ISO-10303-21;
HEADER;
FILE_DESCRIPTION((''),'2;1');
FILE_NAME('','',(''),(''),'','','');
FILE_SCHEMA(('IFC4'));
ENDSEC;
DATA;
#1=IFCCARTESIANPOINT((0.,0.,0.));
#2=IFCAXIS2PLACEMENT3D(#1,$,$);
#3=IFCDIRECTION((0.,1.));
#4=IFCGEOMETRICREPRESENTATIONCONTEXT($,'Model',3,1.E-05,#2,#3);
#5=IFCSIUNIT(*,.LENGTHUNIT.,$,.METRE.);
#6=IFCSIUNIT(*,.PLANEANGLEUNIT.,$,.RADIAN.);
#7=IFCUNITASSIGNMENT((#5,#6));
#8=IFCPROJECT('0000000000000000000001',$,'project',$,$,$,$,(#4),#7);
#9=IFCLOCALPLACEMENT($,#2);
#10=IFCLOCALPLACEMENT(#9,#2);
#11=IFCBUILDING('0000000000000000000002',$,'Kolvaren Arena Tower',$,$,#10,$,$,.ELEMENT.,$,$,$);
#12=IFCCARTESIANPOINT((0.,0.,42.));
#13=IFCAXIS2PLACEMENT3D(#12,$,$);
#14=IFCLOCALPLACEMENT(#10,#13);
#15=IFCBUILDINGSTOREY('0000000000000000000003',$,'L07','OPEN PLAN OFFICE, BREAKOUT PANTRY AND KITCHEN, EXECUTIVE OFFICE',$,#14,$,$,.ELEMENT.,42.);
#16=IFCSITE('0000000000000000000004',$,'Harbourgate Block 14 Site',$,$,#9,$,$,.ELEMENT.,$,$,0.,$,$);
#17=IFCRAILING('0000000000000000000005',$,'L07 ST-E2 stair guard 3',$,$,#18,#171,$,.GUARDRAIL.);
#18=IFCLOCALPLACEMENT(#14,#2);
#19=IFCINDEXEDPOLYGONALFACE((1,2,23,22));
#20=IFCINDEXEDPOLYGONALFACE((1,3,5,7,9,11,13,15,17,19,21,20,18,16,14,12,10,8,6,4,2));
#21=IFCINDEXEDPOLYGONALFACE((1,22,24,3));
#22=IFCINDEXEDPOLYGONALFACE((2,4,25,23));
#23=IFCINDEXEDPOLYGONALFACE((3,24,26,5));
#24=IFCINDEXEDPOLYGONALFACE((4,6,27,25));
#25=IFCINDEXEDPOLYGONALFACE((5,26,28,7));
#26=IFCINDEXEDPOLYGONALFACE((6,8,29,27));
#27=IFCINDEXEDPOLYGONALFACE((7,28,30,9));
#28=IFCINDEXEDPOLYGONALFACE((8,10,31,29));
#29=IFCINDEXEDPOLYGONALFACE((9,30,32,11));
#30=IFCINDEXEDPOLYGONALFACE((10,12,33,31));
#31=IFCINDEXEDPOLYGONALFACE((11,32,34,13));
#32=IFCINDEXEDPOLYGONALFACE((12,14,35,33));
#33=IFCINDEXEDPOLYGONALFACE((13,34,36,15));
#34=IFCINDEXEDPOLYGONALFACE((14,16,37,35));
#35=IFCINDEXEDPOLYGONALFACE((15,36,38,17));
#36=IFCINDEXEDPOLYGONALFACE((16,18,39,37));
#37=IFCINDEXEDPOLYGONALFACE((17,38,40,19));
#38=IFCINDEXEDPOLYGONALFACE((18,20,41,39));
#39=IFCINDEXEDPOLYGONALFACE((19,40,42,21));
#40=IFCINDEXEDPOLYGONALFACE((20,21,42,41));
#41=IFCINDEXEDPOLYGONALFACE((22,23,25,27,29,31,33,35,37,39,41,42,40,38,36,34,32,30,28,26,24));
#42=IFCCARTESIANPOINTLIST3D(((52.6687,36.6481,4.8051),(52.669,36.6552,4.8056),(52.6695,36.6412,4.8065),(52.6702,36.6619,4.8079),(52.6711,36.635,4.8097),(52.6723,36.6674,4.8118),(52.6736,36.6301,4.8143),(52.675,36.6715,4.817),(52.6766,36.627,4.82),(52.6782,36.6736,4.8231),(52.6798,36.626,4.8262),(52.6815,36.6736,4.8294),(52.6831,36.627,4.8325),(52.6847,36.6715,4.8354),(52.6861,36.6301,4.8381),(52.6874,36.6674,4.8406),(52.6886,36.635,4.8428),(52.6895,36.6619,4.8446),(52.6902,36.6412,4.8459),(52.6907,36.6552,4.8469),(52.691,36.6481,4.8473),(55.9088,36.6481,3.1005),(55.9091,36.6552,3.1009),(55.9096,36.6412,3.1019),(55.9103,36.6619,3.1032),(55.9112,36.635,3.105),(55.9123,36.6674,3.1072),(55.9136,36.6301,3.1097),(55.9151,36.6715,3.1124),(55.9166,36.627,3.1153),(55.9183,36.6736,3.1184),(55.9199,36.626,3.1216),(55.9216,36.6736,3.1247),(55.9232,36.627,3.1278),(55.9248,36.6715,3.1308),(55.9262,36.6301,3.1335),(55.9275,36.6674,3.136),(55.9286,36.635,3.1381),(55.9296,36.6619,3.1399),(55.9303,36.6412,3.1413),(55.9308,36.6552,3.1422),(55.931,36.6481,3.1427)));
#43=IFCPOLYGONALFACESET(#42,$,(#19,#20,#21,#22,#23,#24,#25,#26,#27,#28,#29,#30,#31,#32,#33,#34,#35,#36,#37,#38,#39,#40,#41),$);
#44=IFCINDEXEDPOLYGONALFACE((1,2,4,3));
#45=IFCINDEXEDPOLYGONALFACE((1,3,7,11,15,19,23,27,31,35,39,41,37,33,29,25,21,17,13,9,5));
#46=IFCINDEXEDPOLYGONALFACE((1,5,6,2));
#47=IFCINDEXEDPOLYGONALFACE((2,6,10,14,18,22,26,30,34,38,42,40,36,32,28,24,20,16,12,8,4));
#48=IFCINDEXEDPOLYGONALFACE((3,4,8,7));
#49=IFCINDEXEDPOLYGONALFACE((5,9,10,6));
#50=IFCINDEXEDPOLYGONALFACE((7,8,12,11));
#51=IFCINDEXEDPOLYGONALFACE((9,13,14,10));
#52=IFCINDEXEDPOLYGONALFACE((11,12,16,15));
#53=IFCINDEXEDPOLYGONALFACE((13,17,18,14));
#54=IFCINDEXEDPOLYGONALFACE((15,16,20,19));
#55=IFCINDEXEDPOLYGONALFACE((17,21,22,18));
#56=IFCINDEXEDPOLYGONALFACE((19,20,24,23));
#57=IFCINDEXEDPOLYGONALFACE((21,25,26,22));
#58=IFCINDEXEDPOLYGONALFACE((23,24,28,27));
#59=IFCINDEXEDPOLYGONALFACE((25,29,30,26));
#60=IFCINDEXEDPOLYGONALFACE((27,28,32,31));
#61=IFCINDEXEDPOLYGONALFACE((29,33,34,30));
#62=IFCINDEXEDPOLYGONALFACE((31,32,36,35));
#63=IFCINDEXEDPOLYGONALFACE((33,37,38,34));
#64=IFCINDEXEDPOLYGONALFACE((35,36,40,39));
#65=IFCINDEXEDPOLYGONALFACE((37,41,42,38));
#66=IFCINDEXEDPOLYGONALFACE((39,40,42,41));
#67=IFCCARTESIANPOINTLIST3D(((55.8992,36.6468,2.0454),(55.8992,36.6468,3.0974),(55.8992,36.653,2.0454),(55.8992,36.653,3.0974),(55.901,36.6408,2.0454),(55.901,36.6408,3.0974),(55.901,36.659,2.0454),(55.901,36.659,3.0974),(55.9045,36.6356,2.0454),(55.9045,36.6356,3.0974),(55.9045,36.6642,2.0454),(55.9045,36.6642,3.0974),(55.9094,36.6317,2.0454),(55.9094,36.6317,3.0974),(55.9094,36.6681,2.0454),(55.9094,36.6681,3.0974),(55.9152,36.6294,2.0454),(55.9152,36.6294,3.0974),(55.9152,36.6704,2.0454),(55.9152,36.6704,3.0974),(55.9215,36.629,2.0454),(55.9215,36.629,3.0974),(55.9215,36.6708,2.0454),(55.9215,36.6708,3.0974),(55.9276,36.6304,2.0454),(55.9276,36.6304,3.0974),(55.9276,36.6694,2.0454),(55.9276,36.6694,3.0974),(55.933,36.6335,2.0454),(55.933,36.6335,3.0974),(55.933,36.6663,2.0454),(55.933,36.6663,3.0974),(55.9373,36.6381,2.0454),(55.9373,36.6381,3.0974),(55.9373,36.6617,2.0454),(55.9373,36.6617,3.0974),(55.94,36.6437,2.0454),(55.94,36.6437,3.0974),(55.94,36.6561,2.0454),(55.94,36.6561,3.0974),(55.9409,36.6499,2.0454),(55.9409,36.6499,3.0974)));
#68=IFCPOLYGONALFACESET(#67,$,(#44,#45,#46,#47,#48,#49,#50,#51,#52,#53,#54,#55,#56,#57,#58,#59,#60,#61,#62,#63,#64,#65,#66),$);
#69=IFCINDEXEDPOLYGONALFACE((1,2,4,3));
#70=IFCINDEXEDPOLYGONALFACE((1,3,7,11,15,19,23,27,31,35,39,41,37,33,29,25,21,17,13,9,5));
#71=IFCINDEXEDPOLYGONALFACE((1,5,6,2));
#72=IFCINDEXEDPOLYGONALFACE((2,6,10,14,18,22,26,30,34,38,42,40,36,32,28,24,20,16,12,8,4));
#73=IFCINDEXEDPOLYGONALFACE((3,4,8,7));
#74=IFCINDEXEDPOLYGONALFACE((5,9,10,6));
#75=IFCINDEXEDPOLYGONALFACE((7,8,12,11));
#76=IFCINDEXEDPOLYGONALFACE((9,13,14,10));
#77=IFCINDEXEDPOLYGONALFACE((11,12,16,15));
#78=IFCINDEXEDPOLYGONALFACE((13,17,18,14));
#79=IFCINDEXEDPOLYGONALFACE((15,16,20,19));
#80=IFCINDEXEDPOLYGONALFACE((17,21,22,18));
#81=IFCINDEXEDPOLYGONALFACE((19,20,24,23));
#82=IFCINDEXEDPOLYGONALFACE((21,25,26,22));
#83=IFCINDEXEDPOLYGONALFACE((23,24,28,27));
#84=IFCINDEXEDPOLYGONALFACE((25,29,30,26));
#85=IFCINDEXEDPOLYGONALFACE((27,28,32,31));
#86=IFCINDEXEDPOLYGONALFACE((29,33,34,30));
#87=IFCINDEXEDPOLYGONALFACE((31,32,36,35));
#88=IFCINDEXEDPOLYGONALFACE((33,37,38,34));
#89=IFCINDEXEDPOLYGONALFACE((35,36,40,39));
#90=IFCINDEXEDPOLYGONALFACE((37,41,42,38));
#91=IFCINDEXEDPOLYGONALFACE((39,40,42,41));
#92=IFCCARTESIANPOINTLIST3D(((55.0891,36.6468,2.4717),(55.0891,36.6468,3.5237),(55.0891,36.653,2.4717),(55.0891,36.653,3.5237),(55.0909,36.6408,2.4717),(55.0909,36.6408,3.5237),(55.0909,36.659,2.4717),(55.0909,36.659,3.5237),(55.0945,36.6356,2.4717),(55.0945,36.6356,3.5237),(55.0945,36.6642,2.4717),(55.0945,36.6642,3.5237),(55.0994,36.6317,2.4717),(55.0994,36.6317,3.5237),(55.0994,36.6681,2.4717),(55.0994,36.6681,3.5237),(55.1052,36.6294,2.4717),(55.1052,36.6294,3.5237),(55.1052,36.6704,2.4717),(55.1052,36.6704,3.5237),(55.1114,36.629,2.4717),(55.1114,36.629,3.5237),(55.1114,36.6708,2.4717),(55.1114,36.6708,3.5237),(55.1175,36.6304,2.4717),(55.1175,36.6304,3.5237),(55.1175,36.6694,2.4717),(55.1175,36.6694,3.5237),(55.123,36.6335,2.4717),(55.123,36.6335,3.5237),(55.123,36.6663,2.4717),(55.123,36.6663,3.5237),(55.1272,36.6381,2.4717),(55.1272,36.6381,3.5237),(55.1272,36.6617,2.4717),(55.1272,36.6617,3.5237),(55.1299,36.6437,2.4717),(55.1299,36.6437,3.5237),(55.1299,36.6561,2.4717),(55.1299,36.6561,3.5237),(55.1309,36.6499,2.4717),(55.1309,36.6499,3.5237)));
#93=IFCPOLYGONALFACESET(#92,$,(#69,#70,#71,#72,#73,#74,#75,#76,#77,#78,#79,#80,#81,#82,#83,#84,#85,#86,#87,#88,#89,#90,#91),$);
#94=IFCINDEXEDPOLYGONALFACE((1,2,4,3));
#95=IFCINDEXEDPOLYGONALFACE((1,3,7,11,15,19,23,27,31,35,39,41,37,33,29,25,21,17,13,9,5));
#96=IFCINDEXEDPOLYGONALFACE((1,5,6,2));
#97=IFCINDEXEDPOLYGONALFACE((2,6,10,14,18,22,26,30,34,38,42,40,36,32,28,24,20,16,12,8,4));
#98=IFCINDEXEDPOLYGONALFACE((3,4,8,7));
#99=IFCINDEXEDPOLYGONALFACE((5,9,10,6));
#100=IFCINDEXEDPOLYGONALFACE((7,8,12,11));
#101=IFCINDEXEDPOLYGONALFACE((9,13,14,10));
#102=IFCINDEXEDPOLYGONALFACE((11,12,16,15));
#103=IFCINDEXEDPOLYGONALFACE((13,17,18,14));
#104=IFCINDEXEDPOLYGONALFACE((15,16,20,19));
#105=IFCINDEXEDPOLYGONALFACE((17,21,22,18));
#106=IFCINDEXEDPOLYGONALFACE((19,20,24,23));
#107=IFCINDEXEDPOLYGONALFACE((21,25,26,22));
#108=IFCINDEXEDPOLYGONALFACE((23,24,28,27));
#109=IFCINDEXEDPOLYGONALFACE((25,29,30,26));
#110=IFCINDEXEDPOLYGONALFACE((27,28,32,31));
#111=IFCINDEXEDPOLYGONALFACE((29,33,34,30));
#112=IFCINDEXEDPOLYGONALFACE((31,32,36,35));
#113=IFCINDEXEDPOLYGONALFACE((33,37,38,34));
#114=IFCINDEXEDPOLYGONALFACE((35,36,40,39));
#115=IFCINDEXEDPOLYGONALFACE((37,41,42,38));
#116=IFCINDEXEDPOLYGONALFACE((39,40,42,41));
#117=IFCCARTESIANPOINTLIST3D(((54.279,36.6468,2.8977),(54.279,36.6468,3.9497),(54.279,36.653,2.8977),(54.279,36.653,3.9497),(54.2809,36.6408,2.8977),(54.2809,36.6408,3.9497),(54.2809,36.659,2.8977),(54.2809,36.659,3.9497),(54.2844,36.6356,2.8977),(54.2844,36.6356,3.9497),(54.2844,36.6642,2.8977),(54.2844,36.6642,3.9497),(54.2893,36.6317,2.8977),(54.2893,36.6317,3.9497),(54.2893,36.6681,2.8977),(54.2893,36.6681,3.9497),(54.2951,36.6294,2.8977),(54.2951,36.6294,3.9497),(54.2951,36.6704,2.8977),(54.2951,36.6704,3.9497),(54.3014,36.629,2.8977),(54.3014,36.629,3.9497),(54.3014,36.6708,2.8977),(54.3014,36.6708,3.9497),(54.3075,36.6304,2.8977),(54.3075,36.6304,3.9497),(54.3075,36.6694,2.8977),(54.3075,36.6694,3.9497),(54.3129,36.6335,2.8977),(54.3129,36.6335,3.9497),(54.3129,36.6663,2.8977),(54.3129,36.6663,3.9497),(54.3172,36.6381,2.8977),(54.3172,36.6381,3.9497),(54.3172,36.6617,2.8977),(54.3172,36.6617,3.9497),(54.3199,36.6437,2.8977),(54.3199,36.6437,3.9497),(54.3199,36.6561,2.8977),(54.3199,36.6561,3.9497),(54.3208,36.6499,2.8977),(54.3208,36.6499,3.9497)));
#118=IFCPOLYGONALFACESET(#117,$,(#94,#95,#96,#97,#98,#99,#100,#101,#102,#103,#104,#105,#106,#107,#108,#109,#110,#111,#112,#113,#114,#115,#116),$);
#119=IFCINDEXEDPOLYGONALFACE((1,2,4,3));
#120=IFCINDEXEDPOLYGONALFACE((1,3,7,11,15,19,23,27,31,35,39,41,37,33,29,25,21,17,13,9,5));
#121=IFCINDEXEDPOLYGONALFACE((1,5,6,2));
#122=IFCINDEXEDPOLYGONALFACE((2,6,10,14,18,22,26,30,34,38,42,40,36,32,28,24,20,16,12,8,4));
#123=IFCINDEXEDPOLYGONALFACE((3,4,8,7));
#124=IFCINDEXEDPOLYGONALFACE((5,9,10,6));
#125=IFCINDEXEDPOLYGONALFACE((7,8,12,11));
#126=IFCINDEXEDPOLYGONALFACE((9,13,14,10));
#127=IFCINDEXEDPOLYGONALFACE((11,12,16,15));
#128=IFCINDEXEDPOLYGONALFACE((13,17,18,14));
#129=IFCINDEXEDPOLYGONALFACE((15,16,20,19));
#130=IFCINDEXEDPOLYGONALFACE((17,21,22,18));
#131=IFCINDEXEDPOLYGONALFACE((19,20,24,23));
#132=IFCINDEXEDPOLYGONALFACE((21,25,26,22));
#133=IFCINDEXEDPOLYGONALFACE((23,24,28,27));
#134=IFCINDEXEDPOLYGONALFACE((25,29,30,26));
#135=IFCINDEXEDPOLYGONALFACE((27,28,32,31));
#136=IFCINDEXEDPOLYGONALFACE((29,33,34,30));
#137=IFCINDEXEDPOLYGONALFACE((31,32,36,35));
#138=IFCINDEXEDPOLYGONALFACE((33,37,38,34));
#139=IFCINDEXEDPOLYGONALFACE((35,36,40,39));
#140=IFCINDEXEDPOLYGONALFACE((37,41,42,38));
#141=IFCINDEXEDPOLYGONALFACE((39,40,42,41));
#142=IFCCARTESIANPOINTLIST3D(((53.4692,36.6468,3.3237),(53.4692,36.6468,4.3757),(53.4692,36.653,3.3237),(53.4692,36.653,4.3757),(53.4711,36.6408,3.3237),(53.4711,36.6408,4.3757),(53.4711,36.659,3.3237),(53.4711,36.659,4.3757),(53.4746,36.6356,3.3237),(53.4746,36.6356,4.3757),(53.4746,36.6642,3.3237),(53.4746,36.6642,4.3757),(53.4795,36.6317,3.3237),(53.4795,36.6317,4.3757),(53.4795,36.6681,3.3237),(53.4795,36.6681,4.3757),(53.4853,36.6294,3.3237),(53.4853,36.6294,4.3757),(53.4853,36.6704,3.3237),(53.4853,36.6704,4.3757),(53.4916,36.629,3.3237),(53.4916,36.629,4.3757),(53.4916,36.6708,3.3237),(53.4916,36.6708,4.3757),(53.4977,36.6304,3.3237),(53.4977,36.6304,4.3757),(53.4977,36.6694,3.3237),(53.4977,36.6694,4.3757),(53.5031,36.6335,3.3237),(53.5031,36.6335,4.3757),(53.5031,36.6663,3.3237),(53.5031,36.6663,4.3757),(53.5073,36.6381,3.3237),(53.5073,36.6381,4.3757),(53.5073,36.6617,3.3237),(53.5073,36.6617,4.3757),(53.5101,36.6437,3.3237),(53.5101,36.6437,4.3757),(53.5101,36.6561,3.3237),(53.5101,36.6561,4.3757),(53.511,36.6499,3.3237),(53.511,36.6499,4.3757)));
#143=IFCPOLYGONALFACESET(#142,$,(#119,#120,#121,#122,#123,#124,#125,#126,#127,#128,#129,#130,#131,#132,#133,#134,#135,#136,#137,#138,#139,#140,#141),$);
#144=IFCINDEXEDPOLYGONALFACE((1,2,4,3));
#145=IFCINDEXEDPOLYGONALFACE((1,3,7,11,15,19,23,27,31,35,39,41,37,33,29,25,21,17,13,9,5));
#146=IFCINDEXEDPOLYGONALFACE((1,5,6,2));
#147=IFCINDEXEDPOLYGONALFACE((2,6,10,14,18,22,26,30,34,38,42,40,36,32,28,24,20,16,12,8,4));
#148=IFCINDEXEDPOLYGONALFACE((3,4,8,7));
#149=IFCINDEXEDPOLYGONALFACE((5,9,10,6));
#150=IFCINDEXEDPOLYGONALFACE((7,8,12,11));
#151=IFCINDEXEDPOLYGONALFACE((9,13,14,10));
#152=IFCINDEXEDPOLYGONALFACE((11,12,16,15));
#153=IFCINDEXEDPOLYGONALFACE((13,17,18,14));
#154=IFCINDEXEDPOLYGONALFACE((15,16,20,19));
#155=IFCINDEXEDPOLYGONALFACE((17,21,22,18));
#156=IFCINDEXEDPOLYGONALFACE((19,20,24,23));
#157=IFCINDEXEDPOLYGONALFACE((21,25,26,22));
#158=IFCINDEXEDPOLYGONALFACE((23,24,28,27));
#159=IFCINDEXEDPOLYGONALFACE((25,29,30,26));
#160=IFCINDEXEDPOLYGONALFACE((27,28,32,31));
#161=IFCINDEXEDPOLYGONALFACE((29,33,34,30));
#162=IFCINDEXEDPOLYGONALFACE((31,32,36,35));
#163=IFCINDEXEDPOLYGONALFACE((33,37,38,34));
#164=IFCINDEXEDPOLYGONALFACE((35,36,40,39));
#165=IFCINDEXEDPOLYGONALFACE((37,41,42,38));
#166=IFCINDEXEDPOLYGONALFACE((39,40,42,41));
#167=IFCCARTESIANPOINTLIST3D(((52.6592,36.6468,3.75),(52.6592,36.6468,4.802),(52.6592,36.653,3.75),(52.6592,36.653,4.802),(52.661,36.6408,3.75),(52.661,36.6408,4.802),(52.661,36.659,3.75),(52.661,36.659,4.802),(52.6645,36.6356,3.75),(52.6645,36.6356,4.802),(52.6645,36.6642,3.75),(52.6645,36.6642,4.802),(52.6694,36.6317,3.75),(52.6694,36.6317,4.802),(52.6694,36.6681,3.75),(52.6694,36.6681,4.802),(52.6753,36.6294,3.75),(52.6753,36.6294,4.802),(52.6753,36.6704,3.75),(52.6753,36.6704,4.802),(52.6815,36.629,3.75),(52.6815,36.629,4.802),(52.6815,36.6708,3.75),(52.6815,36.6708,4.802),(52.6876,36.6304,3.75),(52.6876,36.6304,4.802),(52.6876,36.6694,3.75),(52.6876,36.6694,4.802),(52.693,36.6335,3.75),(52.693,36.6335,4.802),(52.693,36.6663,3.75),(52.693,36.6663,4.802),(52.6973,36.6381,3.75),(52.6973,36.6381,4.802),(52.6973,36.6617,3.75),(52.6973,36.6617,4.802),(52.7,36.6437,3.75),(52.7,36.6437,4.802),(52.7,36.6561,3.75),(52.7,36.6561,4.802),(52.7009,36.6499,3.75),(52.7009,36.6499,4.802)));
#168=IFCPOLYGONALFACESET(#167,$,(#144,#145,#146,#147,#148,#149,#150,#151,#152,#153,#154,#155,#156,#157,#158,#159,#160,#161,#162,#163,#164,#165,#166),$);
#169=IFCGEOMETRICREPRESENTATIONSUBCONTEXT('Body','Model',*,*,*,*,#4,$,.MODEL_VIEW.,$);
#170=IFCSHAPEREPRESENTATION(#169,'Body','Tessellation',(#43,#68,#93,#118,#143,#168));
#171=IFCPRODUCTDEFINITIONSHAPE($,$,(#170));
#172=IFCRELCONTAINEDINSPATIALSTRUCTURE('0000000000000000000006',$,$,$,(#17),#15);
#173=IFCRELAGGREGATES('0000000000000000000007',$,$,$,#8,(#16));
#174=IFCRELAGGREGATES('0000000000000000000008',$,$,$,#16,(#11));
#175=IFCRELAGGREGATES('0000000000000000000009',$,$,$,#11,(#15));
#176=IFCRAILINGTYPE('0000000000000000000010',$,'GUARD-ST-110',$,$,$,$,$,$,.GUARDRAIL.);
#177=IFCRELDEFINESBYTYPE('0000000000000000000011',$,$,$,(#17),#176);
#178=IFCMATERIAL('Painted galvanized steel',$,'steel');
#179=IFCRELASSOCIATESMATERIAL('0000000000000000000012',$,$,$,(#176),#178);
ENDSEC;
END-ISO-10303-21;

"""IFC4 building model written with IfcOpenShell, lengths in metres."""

from ifc_helpers import new_model, si_unit, direction, frame, origin, origin_2d, place, context, subcontext, project, spatial, circle, extrude, material, type_object, element, save


model = new_model("IFC4")

# Units and contexts
model_context = context("Model", 3, precision=1e-05, world=origin(), true_north=direction((0.0, 1.0)))
body_context = subcontext(model_context, "Body", "Model", "MODEL_VIEW")
ifc_project = project(units=[si_unit("LENGTHUNIT", "METRE"), si_unit("PLANEANGLEUNIT", "RADIAN")], contexts=[model_context])

# Site, building, storey
site_placement = place(None, origin())
site = spatial("IfcSite", under=ifc_project, at=site_placement, Name="Harbourgate Block 14 Site", CompositionType="ELEMENT", RefElevation=0.0)
building_placement = place(site_placement, origin())
building = spatial("IfcBuilding", under=site, at=building_placement, Name="Kolvaren Arena Tower", CompositionType="ELEMENT")
storey_placement = place(building_placement, frame((0.0, 0.0, 42.0)))
storey = spatial("IfcBuildingStorey", under=building, at=storey_placement, Name="L07", Description="OPEN PLAN OFFICE, BREAKOUT PANTRY AND KITCHEN, EXECUTIVE OFFICE", CompositionType="ELEMENT", Elevation=42.0)

# Railing
ifc_material_1 = material(Name="Painted galvanized steel", Category="steel")
railing_type_1 = type_object("IfcRailingType", Name="GUARD-ST-110", PredefinedType="GUARDRAIL", material=ifc_material_1)
railing_1_placement = place(storey_placement, frame((55.9199, 36.6499, 2.0454)))
element("IfcRailing", 1, at=railing_1_placement, inside=storey, type_object=railing_type_1, Name="L07 ST-E2 stair guard 3", PredefinedType="GUARDRAIL", context=body_context, shape_type="SweptSolid", body=[
    extrude(circle(Radius=0.0239, at=origin_2d()), frame((0.0, 0.0, 1.0762), z_axis=(-0.884993, 0.0, 0.465604), x_axis=(0.0, -1.0, 0.0)), (0.0, 0.0, 1.0), 3.6611),
    extrude(circle(Radius=0.021, at=origin_2d()), origin(), (0.0, 0.0, 1.0), 1.052),
    extrude(circle(Radius=0.021, at=origin_2d()), frame((-0.8101, 0.0, 0.4263)), (0.0, 0.0, 1.0), 1.052),
    extrude(circle(Radius=0.021, at=origin_2d()), frame((-1.6201, 0.0, 0.8523)), (0.0, 0.0, 1.0), 1.052),
    extrude(circle(Radius=0.021, at=origin_2d()), frame((-2.4299, 0.0, 1.2783)), (0.0, 0.0, 1.0), 1.052),
    extrude(circle(Radius=0.021, at=origin_2d()), frame((-3.24, 0.0, 1.7046)), (0.0, 0.0, 1.0), 1.052),
])

save(model, "model.ifc")
